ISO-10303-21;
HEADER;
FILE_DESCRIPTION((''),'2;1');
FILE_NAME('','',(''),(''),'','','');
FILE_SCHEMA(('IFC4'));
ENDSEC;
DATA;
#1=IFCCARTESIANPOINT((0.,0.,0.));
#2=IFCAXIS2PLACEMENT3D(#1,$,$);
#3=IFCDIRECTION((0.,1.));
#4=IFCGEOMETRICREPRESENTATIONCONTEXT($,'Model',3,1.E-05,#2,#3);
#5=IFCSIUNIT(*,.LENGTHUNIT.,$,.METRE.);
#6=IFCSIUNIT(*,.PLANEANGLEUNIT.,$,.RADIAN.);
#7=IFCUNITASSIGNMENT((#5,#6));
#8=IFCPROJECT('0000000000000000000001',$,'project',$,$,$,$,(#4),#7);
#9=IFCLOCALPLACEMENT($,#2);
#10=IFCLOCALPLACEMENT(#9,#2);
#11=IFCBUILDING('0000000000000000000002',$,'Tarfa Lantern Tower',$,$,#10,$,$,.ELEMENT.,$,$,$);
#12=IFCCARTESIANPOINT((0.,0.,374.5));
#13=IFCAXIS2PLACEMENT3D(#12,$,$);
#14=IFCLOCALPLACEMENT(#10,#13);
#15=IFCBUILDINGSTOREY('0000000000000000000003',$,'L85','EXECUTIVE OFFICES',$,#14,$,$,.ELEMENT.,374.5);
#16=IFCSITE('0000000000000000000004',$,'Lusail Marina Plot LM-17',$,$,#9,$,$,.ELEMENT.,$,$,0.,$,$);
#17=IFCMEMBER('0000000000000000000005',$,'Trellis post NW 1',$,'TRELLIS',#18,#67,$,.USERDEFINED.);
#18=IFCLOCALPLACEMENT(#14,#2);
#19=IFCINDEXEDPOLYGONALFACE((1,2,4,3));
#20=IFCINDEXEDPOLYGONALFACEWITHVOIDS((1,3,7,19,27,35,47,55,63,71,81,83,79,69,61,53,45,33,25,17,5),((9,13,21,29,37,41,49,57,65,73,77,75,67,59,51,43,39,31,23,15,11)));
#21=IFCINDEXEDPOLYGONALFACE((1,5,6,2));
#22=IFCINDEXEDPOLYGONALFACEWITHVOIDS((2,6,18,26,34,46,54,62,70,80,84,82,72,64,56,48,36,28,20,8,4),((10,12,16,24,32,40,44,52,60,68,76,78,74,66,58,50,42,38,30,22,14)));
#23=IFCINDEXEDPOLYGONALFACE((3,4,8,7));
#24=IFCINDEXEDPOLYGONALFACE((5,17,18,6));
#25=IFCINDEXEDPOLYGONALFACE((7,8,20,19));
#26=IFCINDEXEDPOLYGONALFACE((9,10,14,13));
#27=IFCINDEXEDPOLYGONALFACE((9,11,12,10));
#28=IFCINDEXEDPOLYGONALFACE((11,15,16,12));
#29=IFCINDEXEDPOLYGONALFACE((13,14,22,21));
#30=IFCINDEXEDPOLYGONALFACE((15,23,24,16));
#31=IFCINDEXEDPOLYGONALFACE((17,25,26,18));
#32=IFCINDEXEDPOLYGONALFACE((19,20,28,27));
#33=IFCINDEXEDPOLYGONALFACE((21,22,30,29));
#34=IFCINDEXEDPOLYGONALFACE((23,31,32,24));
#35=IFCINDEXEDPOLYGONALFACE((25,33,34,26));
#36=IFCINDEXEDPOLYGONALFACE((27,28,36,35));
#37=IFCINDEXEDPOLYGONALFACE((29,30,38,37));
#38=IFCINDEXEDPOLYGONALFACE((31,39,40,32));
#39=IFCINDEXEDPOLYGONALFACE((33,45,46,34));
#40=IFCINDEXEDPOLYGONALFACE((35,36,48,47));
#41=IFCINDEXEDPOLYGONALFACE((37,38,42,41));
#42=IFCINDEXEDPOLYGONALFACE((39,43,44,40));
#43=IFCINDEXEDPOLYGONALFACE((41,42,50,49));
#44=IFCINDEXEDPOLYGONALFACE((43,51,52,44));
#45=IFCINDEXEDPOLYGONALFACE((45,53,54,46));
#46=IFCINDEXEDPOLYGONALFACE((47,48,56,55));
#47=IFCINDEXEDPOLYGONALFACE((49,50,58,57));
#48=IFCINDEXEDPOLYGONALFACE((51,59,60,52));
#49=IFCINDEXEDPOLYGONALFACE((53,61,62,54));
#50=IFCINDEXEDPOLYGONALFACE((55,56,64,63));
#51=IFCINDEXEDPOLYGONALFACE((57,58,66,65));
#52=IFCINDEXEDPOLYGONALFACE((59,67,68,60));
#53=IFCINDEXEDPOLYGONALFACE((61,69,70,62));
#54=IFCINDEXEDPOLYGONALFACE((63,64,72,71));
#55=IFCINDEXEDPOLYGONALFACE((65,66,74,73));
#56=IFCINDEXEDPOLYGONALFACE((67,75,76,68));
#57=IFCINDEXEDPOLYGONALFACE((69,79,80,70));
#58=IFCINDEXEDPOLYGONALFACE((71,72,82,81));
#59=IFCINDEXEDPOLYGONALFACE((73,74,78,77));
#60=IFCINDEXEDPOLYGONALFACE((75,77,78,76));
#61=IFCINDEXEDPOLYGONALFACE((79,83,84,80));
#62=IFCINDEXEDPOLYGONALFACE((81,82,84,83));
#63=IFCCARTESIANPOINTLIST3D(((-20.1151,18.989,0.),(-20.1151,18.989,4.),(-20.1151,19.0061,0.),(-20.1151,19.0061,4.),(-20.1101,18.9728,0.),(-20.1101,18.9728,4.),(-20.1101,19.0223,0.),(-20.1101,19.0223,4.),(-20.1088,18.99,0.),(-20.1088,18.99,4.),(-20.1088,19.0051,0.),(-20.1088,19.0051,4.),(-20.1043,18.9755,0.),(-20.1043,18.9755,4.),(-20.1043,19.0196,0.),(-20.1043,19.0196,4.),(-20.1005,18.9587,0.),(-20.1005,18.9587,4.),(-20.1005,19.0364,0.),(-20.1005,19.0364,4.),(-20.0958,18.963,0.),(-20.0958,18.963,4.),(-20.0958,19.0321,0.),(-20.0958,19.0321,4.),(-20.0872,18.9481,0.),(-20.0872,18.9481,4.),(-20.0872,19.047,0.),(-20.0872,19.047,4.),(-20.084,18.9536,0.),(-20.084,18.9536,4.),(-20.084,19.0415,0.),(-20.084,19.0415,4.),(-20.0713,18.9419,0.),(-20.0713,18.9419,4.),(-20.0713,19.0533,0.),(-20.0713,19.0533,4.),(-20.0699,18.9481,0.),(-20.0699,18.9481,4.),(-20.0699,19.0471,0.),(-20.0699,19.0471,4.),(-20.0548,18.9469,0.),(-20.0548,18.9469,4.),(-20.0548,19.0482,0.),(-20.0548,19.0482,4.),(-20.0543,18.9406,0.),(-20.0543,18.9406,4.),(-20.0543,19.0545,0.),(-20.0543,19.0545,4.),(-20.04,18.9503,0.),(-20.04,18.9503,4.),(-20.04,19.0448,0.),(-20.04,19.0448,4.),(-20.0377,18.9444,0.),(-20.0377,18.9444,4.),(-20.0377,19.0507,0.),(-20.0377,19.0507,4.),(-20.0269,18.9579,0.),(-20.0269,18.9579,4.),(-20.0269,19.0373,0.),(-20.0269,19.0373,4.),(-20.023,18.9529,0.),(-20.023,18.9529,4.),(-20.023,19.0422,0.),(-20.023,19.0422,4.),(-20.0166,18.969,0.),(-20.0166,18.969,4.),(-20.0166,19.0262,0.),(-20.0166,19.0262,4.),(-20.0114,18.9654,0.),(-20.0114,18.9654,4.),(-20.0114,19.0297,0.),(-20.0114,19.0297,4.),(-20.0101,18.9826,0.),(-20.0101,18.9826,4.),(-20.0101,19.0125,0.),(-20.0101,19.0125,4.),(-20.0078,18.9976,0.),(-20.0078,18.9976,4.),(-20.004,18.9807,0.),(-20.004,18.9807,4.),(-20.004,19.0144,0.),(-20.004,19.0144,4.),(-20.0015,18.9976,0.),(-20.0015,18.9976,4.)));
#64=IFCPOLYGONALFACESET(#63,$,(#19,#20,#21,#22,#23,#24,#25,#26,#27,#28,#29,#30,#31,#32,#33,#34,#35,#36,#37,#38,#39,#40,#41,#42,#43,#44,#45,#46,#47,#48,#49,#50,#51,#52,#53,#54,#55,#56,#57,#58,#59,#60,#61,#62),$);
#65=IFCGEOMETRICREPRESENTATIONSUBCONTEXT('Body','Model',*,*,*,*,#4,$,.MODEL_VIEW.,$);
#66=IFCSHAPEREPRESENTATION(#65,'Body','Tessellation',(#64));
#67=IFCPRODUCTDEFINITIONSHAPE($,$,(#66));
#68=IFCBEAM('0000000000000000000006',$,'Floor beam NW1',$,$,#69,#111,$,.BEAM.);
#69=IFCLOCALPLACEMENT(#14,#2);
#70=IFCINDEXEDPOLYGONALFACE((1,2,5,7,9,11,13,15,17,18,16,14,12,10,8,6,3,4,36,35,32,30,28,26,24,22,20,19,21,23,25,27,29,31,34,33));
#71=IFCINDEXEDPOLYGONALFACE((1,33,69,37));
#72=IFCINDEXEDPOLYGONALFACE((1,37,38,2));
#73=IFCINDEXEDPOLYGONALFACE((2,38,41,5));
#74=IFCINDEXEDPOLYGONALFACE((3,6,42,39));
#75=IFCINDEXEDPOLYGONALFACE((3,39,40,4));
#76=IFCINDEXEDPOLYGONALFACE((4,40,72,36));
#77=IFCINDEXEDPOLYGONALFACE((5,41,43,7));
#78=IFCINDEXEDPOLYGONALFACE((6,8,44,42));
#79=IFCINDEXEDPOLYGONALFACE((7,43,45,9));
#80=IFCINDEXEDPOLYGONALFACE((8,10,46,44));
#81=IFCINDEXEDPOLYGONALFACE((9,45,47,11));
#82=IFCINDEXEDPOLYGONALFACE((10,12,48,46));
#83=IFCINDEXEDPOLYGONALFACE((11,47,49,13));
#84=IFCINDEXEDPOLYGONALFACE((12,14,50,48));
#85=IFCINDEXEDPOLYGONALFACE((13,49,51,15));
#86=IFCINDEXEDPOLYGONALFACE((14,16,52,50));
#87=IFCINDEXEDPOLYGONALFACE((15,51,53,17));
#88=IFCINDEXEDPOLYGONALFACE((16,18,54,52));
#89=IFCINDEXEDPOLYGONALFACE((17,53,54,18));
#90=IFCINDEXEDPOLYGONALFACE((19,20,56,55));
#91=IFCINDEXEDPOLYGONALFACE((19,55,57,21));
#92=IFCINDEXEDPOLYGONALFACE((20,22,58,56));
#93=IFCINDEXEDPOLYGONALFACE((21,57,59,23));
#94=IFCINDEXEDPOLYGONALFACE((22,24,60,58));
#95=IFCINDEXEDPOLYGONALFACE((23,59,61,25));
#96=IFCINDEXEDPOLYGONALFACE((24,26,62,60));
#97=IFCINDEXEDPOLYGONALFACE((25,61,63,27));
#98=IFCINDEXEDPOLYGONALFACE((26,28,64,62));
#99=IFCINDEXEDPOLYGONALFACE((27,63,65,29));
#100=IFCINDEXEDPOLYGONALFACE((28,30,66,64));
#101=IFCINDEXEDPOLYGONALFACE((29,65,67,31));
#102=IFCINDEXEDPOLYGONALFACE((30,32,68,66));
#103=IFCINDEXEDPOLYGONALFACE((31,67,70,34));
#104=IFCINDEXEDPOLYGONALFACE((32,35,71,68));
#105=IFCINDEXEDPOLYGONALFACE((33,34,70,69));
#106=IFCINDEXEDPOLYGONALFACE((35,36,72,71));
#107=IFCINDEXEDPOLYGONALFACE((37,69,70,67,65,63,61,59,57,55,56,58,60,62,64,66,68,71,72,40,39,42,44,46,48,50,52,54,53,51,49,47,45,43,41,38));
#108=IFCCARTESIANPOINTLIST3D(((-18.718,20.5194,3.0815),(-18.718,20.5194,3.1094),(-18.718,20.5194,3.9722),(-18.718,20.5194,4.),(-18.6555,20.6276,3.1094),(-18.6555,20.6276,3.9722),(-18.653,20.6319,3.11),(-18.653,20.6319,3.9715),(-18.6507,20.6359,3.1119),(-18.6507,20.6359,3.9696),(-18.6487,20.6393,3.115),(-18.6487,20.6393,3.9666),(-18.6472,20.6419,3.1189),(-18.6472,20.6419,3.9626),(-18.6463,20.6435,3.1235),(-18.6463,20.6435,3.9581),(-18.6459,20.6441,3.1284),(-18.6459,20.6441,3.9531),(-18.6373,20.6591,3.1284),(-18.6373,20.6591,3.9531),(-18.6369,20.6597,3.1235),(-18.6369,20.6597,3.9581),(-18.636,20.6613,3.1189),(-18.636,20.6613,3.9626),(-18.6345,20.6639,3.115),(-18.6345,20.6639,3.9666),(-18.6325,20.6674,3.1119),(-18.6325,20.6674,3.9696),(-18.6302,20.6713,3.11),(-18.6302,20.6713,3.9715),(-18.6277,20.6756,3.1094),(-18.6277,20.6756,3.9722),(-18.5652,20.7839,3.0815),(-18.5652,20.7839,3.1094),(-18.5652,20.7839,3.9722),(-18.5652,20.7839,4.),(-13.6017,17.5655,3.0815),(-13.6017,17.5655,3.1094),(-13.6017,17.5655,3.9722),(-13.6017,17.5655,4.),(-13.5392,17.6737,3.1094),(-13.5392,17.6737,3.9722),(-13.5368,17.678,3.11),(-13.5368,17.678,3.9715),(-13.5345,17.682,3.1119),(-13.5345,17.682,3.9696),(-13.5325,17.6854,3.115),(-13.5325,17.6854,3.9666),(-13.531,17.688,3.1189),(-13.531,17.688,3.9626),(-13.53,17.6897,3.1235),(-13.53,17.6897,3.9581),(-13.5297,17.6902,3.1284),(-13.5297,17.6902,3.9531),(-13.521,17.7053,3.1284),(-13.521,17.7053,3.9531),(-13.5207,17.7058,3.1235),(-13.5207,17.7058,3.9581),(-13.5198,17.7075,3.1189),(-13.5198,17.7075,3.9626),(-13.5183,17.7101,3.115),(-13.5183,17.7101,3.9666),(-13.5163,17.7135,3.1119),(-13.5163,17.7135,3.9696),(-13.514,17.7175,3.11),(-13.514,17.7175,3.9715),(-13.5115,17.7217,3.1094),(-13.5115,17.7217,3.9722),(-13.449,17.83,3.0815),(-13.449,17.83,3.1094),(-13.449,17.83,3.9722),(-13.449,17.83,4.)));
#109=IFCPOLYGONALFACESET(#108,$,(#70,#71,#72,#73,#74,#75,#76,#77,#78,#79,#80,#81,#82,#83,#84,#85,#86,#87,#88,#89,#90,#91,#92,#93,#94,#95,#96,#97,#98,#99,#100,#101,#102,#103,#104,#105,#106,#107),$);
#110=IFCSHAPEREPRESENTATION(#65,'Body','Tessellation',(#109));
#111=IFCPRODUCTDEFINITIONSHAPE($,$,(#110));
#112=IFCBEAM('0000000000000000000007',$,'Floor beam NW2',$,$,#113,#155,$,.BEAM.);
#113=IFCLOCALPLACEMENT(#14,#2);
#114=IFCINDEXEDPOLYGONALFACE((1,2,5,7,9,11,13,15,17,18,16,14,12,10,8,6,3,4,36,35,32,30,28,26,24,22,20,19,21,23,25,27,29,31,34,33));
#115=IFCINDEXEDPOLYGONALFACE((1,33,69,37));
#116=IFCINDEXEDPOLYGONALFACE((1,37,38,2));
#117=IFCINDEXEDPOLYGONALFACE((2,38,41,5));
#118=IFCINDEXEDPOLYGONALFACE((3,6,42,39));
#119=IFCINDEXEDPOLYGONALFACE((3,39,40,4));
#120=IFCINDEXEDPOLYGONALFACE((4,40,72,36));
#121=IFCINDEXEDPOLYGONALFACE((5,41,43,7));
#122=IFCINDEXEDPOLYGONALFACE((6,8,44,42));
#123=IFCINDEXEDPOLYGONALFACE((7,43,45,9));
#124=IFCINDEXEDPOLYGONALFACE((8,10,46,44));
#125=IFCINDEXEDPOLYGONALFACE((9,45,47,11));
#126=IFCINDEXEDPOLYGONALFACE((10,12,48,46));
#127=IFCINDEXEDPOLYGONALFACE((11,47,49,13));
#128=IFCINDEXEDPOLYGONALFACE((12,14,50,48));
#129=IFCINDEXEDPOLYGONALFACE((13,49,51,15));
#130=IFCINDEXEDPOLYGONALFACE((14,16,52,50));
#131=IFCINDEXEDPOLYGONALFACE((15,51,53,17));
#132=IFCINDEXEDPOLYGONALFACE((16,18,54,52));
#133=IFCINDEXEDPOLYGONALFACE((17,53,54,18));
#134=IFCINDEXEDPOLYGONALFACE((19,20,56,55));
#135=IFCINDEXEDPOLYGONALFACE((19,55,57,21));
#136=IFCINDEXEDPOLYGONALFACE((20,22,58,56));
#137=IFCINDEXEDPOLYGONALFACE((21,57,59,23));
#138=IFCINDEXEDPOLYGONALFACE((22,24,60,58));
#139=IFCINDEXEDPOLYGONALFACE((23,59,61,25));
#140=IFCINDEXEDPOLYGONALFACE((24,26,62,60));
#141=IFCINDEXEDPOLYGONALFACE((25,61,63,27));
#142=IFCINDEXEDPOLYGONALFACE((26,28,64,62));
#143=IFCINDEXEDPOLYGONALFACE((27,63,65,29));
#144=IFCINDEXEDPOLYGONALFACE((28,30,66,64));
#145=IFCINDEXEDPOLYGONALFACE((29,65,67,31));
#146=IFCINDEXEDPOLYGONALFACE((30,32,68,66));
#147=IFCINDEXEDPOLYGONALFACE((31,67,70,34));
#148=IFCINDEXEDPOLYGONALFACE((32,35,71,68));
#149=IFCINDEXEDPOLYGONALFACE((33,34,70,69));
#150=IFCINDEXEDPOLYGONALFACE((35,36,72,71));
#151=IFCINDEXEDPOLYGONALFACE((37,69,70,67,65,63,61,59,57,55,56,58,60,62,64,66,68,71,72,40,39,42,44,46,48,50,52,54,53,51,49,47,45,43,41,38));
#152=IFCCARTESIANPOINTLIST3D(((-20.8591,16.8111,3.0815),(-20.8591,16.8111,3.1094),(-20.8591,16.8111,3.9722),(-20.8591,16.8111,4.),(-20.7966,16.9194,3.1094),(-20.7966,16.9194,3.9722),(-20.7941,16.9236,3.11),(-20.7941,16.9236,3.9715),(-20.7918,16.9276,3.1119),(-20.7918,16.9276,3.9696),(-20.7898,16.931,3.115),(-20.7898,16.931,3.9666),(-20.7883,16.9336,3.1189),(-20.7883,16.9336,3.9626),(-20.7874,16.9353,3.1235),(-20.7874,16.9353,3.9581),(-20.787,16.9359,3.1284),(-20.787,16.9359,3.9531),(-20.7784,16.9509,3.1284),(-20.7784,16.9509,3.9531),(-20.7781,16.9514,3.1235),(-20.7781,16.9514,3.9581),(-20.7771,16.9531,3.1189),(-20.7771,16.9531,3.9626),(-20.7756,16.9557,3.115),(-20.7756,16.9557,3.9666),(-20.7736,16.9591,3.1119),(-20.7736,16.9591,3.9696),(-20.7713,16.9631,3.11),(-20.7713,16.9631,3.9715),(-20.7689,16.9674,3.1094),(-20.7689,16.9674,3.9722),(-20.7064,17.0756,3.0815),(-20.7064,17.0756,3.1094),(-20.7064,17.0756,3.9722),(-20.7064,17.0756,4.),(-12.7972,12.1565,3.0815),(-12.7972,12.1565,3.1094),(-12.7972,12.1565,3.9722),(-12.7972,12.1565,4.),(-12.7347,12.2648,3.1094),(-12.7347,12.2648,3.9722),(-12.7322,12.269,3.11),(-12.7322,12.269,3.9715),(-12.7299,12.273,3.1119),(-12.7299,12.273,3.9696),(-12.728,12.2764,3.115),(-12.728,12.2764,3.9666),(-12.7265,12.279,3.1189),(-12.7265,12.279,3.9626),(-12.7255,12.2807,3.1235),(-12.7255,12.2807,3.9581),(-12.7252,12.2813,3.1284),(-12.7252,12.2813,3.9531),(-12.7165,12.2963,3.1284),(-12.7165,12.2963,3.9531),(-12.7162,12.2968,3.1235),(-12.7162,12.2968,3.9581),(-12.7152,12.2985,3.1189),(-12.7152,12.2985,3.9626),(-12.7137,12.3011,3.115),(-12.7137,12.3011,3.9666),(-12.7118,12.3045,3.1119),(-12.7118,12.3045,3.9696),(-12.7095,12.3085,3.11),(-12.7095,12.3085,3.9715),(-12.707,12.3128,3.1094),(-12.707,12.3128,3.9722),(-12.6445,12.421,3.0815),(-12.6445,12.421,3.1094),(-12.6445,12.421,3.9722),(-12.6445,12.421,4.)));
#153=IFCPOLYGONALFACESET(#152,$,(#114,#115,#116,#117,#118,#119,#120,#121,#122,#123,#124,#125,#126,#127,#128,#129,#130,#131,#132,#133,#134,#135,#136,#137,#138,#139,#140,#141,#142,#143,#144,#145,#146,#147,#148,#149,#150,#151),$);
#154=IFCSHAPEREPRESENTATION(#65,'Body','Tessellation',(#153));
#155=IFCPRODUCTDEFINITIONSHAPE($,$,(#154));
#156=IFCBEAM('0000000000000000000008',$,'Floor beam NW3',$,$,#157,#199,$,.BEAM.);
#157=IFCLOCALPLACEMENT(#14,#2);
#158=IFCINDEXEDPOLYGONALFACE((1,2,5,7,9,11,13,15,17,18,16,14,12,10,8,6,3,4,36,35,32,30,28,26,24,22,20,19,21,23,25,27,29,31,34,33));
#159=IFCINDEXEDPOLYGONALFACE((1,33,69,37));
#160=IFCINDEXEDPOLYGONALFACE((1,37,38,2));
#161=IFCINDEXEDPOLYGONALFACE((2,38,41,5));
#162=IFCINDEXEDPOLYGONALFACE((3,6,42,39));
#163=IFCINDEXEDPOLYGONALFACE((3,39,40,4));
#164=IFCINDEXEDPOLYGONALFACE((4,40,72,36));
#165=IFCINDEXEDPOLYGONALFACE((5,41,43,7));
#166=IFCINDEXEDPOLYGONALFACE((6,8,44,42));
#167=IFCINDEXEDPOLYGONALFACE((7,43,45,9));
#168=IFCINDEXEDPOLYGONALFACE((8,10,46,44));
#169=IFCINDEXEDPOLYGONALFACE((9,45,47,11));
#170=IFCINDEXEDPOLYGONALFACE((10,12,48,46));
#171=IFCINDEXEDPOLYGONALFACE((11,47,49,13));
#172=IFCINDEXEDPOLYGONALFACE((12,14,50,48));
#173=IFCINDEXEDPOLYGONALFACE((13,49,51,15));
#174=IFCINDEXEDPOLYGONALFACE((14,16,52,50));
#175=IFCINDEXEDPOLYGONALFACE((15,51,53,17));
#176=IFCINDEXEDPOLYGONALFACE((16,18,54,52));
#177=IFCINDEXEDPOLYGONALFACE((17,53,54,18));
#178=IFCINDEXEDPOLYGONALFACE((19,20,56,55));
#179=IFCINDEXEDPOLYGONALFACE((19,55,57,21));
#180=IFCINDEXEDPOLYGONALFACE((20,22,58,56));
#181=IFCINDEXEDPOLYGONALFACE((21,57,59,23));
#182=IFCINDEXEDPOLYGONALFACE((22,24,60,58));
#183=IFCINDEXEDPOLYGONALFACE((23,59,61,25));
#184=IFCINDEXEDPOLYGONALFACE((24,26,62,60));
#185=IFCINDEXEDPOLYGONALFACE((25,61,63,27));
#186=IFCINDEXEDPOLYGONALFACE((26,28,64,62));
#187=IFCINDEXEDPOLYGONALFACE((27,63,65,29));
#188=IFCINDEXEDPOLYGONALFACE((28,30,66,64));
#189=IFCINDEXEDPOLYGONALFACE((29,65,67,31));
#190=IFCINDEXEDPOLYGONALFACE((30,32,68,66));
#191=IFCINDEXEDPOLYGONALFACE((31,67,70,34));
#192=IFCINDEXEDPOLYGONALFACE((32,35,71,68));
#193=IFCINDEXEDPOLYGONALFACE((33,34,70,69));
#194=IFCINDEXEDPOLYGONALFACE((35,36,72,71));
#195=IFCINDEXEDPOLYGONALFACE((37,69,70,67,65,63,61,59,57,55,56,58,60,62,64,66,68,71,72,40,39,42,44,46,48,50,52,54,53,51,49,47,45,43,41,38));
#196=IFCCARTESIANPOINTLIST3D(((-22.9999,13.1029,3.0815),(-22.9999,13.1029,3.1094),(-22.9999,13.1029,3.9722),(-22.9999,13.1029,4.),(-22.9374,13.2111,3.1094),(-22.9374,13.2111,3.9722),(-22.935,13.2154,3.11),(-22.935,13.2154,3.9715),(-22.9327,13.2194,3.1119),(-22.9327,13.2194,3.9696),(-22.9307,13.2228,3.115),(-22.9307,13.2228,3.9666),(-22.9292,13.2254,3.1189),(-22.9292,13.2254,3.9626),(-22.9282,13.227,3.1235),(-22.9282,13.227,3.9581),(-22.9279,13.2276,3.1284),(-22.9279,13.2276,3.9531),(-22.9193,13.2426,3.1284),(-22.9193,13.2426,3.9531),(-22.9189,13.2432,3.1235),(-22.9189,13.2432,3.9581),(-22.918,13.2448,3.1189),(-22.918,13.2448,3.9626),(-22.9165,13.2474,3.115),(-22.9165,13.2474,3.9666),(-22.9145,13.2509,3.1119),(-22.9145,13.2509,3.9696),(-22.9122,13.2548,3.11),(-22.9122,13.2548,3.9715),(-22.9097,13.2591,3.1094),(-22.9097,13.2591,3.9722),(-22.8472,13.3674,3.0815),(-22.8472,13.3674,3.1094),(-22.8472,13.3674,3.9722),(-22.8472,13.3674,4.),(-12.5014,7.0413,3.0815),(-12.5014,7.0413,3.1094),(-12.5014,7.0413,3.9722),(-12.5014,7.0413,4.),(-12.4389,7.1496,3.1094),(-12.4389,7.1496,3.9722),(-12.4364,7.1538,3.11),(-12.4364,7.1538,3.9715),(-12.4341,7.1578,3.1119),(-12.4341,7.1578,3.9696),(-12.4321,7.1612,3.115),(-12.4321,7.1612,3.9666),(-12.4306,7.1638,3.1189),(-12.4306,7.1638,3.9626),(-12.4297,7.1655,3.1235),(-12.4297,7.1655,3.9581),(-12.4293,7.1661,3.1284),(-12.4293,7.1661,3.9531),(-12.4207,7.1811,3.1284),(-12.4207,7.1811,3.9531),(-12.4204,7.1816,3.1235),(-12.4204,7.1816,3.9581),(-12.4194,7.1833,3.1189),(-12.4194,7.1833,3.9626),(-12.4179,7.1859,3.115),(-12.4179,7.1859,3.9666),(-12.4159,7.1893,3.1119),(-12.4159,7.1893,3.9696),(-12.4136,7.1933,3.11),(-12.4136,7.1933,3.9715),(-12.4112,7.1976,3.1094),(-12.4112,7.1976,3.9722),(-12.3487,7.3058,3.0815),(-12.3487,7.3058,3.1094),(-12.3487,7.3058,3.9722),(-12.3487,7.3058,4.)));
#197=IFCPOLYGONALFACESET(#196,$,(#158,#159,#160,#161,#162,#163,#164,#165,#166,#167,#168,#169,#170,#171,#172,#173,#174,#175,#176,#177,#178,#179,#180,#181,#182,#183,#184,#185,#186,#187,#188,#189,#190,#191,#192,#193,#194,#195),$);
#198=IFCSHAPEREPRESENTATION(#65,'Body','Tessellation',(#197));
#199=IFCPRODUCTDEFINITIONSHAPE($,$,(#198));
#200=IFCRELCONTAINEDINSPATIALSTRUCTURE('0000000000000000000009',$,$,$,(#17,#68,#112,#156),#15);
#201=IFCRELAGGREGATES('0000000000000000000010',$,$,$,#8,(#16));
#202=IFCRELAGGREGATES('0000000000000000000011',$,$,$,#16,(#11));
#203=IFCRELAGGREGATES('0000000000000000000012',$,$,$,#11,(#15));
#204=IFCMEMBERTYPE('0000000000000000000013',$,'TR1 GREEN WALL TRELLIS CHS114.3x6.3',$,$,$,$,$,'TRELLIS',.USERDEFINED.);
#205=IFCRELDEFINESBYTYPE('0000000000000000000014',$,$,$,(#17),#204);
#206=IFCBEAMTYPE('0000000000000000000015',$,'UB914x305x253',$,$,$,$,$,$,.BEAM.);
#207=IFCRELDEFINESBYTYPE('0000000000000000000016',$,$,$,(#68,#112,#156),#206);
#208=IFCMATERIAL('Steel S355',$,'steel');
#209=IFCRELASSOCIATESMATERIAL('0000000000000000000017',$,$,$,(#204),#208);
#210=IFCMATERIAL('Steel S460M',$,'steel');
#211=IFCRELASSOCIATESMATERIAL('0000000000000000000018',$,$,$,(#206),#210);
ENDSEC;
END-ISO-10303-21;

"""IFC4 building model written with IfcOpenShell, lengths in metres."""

from ifc_helpers import new_model, si_unit, direction, frame, origin, origin_2d, place, context, subcontext, project, spatial, hollow_circle, i_section, extrude, material, material_profile, profile_set, type_object, element, save


model = new_model("IFC4")

# Units and contexts
model_context = context("Model", 3, precision=1e-05, world=origin(), true_north=direction((0.0, 1.0)))
body_context = subcontext(model_context, "Body", "Model", "MODEL_VIEW")
ifc_project = project(units=[si_unit("LENGTHUNIT", "METRE"), si_unit("PLANEANGLEUNIT", "RADIAN")], contexts=[model_context])

# Site, building, storey
site_placement = place(None, origin())
site = spatial("IfcSite", under=ifc_project, at=site_placement, Name="Lusail Marina Plot LM-17", CompositionType="ELEMENT", RefElevation=0.0)
building_placement = place(site_placement, origin())
building = spatial("IfcBuilding", under=site, at=building_placement, Name="Tarfa Lantern Tower", CompositionType="ELEMENT")
storey_placement = place(building_placement, frame((0.0, 0.0, 374.5)))
storey = spatial("IfcBuildingStorey", under=building, at=storey_placement, Name="L85", Description="EXECUTIVE OFFICES", CompositionType="ELEMENT", Elevation=374.5)

# Member
ifc_material_1 = material(Name="Steel S355", Category="steel")
ifc_material_profile_1 = material_profile(ifc_material_1, hollow_circle(Radius=0.0571, WallThickness=0.0063, at=origin_2d()), Name="CHS114.3x6.3")
ifc_profile_set_1 = profile_set([ifc_material_profile_1], Name="Steel S355")
member_type_1 = type_object("IfcMemberType", Name="TR1 GREEN WALL TRELLIS CHS114.3x6.3", ElementType="TRELLIS", PredefinedType="USERDEFINED", material=ifc_profile_set_1)
member_1_placement = place(storey_placement, frame((-20.0586, 18.9976, 0.0), z_axis=(0.0, 0.0, 1.0), x_axis=(1.0, 0.0, 0.0)))
element("IfcMember", 1, at=member_1_placement, inside=storey, type_object=member_type_1, Name="Trellis post NW 1", ObjectType="TRELLIS", PredefinedType="USERDEFINED", context=body_context, shape_type="SweptSolid", body=[
    extrude(hollow_circle(Radius=0.0571, WallThickness=0.0063, at=origin_2d()), origin(), (0.0, 0.0, 1.0), 4.0),
])

# Beams
ifc_material_2 = material(Name="Steel S460M", Category="steel")
ifc_material_profile_2 = material_profile(ifc_material_2, i_section(OverallWidth=0.3054, OverallDepth=0.9185, WebThickness=0.0173, FlangeThickness=0.0278, FilletRadius=0.019, at=origin_2d()), Name="UB914x305x253")
ifc_profile_set_2 = profile_set([ifc_material_profile_2], Name="Steel S460M")
beam_type_1 = type_object("IfcBeamType", Name="UB914x305x253", PredefinedType="BEAM", material=ifc_profile_set_2)
beam_1_placement = place(storey_placement, frame((-18.6416, 20.6516, 3.5408), z_axis=(0.866025, -0.500001, 0.0), x_axis=(0.500001, 0.866025, 0.0)))
element("IfcBeam", 2, at=beam_1_placement, inside=storey, type_object=beam_type_1, Name="Floor beam NW1", PredefinedType="BEAM", context=body_context, shape_type="SweptSolid", body=[
    extrude(i_section(OverallWidth=0.3054, OverallDepth=0.9185, WebThickness=0.0173, FlangeThickness=0.0278, FilletRadius=0.019, at=origin_2d()), origin(), (0.0, 0.0, 1.0), 5.9077),
])
beam_2_placement = place(storey_placement, frame((-20.7827, 16.9434, 3.5408), z_axis=(0.866022, -0.500006, 0.0), x_axis=(0.500006, 0.866022, 0.0)))
element("IfcBeam", 3, at=beam_2_placement, inside=storey, type_object=beam_type_1, Name="Floor beam NW2", PredefinedType="BEAM", context=body_context, shape_type="SweptSolid", body=[
    extrude(i_section(OverallWidth=0.3054, OverallDepth=0.9185, WebThickness=0.0173, FlangeThickness=0.0278, FilletRadius=0.019, at=origin_2d()), origin(), (0.0, 0.0, 1.0), 9.3091),
])
beam_3_placement = place(storey_placement, frame((-22.9236, 13.2351, 3.5408), z_axis=(0.866019, -0.500012, 0.0), x_axis=(0.500012, 0.866019, 0.0)))
element("IfcBeam", 4, at=beam_3_placement, inside=storey, type_object=beam_type_1, Name="Floor beam NW3", PredefinedType="BEAM", context=body_context, shape_type="SweptSolid", body=[
    extrude(i_section(OverallWidth=0.3054, OverallDepth=0.9185, WebThickness=0.0173, FlangeThickness=0.0278, FilletRadius=0.019, at=origin_2d()), origin(), (0.0, 0.0, 1.0), 12.1228),
])

save(model, "model.ifc")
